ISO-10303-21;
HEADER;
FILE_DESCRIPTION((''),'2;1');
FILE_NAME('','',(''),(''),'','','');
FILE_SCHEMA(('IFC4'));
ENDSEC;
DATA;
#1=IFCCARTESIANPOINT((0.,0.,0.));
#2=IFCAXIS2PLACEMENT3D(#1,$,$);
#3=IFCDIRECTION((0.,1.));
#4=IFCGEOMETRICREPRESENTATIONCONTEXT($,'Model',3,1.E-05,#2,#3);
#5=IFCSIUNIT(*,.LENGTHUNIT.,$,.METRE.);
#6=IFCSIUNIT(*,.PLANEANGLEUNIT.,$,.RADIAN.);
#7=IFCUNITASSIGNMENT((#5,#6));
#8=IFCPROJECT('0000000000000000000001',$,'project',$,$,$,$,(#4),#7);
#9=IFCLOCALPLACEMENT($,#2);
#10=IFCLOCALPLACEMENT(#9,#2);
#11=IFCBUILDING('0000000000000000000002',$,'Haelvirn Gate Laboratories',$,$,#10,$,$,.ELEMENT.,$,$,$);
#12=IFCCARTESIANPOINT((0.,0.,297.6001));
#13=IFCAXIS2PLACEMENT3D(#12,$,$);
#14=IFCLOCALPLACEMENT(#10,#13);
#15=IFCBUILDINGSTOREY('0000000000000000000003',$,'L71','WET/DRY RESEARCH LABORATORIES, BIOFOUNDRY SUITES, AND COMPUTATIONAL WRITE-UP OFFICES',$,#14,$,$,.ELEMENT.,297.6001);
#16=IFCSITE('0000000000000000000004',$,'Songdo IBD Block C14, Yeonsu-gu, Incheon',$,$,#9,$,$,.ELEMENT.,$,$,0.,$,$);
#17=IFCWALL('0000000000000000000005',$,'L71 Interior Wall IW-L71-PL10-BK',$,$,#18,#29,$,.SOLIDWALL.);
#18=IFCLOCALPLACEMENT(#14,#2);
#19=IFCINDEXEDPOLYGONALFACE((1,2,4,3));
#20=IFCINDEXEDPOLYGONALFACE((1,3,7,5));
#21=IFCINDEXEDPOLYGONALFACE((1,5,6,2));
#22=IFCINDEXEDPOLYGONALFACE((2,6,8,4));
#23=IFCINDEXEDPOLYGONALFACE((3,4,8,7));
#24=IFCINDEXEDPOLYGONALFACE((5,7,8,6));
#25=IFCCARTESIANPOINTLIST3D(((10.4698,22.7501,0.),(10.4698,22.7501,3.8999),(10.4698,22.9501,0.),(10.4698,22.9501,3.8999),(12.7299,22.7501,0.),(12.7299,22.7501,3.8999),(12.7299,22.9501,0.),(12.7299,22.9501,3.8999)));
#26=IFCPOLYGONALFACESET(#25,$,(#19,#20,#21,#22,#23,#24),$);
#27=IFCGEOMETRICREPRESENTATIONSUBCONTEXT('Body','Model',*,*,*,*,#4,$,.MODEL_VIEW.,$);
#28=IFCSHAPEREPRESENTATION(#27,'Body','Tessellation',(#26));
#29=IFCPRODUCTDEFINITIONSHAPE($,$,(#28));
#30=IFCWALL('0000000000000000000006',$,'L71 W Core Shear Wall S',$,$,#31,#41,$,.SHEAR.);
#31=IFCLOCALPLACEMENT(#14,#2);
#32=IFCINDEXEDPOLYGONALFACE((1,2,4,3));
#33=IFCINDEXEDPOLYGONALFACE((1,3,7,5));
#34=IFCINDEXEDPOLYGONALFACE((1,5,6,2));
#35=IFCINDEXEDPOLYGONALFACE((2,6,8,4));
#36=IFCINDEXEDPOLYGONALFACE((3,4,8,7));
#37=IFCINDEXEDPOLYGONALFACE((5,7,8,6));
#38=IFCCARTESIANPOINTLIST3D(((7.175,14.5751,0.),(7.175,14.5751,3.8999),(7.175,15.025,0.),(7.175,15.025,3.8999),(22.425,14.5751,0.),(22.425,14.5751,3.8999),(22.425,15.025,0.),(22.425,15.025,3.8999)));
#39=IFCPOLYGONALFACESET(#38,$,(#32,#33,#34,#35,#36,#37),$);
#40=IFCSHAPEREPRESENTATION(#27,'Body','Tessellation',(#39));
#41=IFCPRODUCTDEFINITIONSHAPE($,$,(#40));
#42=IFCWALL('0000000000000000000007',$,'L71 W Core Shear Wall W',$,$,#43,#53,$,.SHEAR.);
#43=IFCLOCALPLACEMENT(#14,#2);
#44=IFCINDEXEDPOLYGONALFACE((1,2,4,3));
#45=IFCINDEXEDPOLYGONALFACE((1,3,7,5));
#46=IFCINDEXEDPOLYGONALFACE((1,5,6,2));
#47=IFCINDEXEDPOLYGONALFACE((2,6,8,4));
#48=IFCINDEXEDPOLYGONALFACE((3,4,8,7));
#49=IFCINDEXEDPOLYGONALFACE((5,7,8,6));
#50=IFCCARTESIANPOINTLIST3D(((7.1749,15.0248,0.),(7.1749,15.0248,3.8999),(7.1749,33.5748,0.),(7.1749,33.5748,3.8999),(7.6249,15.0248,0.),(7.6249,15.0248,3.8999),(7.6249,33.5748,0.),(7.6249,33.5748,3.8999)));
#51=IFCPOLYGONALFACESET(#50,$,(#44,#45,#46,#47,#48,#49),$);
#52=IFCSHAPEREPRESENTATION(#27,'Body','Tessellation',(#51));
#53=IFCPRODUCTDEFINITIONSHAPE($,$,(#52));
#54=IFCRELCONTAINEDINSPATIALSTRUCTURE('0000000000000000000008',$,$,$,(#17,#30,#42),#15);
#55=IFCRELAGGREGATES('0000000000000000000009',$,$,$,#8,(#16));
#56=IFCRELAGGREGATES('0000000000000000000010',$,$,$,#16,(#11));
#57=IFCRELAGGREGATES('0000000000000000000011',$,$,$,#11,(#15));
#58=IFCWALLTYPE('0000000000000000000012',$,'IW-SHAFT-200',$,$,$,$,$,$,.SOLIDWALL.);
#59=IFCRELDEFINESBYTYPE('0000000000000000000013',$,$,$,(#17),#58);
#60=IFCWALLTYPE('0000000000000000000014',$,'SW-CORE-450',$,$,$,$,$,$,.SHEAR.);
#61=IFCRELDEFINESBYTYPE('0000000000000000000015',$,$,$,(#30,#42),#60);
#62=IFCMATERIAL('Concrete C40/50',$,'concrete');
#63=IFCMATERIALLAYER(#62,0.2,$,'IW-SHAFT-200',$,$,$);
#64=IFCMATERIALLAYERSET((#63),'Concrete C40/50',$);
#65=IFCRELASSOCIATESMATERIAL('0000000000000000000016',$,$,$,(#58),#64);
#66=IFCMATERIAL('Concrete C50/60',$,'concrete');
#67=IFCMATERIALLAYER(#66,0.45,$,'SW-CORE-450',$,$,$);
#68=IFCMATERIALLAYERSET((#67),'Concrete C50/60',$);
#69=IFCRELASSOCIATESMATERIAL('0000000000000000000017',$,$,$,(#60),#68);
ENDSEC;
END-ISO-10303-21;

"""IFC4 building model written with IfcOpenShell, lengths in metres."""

from ifc_helpers import new_model, si_unit, direction, frame, frame_2d, origin, place, context, subcontext, project, spatial, rectangle, extrude, material, layer, layer_set, type_object, element, save


model = new_model("IFC4")

# Units and contexts
model_context = context("Model", 3, precision=1e-05, world=origin(), true_north=direction((0.0, 1.0)))
body_context = subcontext(model_context, "Body", "Model", "MODEL_VIEW")
ifc_project = project(units=[si_unit("LENGTHUNIT", "METRE"), si_unit("PLANEANGLEUNIT", "RADIAN")], contexts=[model_context])

# Site, building, storey
site_placement = place(None, origin())
site = spatial("IfcSite", under=ifc_project, at=site_placement, Name="Songdo IBD Block C14, Yeonsu-gu, Incheon", CompositionType="ELEMENT", RefElevation=0.0)
building_placement = place(site_placement, origin())
building = spatial("IfcBuilding", under=site, at=building_placement, Name="Haelvirn Gate Laboratories", CompositionType="ELEMENT")
storey_placement = place(building_placement, frame((0.0, 0.0, 297.6001)))
storey = spatial("IfcBuildingStorey", under=building, at=storey_placement, Name="L71", Description="WET/DRY RESEARCH LABORATORIES, BIOFOUNDRY SUITES, AND COMPUTATIONAL WRITE-UP OFFICES", CompositionType="ELEMENT", Elevation=297.6001)

# Shared definitions
ifc_material_1 = material(Name="Concrete C50/60", Category="concrete")

# Shared definitions
ifc_material_2 = material(Name="Concrete C40/50", Category="concrete")

# Shared definitions
ifc_layer_1 = layer(ifc_material_2, 0.2, Name="IW-SHAFT-200")
ifc_layer_set_1 = layer_set([ifc_layer_1], Name="Concrete C40/50")
wall_type_1 = type_object("IfcWallType", Name="IW-SHAFT-200", PredefinedType="SOLIDWALL", material=ifc_layer_set_1)

# Walls
wall_1_placement = place(storey_placement, frame((10.47, 22.8501, 0.0), z_axis=(0.0, 0.0, 1.0), x_axis=(1.0, 0.0, 0.0)))
element("IfcWall", 1, at=wall_1_placement, inside=storey, type_object=wall_type_1, Name="L71 Interior Wall IW-L71-PL10-BK", PredefinedType="SOLIDWALL", context=body_context, shape_type="SweptSolid", body=[
    extrude(rectangle(XDim=2.26, YDim=0.2, at=frame_2d((1.1299, 0.0))), origin(), (0.0, 0.0, 1.0), 3.8999),
])
ifc_layer_2 = layer(ifc_material_1, 0.45, Name="SW-CORE-450")
ifc_layer_set_2 = layer_set([ifc_layer_2], Name="Concrete C50/60")
wall_type_2 = type_object("IfcWallType", Name="SW-CORE-450", PredefinedType="SHEAR", material=ifc_layer_set_2)
wall_2_placement = place(storey_placement, frame((7.175, 14.8, 0.0), z_axis=(0.0, 0.0, 1.0), x_axis=(1.0, 0.0, 0.0)))
element("IfcWall", 2, at=wall_2_placement, inside=storey, type_object=wall_type_2, Name="L71 W Core Shear Wall S", PredefinedType="SHEAR", context=body_context, shape_type="SweptSolid", body=[
    extrude(rectangle(XDim=15.25, YDim=0.45, at=frame_2d((7.625, 0.0))), origin(), (0.0, 0.0, 1.0), 3.8999),
])
wall_3_placement = place(storey_placement, frame((7.3999, 15.0249, 0.0), z_axis=(0.0, 0.0, 1.0), x_axis=(0.0, 1.0, 0.0)))
element("IfcWall", 3, at=wall_3_placement, inside=storey, type_object=wall_type_2, Name="L71 W Core Shear Wall W", PredefinedType="SHEAR", context=body_context, shape_type="SweptSolid", body=[
    extrude(rectangle(XDim=18.55, YDim=0.45, at=frame_2d((9.2749, 0.0))), origin(), (0.0, 0.0, 1.0), 3.8999),
])

save(model, "model.ifc")
